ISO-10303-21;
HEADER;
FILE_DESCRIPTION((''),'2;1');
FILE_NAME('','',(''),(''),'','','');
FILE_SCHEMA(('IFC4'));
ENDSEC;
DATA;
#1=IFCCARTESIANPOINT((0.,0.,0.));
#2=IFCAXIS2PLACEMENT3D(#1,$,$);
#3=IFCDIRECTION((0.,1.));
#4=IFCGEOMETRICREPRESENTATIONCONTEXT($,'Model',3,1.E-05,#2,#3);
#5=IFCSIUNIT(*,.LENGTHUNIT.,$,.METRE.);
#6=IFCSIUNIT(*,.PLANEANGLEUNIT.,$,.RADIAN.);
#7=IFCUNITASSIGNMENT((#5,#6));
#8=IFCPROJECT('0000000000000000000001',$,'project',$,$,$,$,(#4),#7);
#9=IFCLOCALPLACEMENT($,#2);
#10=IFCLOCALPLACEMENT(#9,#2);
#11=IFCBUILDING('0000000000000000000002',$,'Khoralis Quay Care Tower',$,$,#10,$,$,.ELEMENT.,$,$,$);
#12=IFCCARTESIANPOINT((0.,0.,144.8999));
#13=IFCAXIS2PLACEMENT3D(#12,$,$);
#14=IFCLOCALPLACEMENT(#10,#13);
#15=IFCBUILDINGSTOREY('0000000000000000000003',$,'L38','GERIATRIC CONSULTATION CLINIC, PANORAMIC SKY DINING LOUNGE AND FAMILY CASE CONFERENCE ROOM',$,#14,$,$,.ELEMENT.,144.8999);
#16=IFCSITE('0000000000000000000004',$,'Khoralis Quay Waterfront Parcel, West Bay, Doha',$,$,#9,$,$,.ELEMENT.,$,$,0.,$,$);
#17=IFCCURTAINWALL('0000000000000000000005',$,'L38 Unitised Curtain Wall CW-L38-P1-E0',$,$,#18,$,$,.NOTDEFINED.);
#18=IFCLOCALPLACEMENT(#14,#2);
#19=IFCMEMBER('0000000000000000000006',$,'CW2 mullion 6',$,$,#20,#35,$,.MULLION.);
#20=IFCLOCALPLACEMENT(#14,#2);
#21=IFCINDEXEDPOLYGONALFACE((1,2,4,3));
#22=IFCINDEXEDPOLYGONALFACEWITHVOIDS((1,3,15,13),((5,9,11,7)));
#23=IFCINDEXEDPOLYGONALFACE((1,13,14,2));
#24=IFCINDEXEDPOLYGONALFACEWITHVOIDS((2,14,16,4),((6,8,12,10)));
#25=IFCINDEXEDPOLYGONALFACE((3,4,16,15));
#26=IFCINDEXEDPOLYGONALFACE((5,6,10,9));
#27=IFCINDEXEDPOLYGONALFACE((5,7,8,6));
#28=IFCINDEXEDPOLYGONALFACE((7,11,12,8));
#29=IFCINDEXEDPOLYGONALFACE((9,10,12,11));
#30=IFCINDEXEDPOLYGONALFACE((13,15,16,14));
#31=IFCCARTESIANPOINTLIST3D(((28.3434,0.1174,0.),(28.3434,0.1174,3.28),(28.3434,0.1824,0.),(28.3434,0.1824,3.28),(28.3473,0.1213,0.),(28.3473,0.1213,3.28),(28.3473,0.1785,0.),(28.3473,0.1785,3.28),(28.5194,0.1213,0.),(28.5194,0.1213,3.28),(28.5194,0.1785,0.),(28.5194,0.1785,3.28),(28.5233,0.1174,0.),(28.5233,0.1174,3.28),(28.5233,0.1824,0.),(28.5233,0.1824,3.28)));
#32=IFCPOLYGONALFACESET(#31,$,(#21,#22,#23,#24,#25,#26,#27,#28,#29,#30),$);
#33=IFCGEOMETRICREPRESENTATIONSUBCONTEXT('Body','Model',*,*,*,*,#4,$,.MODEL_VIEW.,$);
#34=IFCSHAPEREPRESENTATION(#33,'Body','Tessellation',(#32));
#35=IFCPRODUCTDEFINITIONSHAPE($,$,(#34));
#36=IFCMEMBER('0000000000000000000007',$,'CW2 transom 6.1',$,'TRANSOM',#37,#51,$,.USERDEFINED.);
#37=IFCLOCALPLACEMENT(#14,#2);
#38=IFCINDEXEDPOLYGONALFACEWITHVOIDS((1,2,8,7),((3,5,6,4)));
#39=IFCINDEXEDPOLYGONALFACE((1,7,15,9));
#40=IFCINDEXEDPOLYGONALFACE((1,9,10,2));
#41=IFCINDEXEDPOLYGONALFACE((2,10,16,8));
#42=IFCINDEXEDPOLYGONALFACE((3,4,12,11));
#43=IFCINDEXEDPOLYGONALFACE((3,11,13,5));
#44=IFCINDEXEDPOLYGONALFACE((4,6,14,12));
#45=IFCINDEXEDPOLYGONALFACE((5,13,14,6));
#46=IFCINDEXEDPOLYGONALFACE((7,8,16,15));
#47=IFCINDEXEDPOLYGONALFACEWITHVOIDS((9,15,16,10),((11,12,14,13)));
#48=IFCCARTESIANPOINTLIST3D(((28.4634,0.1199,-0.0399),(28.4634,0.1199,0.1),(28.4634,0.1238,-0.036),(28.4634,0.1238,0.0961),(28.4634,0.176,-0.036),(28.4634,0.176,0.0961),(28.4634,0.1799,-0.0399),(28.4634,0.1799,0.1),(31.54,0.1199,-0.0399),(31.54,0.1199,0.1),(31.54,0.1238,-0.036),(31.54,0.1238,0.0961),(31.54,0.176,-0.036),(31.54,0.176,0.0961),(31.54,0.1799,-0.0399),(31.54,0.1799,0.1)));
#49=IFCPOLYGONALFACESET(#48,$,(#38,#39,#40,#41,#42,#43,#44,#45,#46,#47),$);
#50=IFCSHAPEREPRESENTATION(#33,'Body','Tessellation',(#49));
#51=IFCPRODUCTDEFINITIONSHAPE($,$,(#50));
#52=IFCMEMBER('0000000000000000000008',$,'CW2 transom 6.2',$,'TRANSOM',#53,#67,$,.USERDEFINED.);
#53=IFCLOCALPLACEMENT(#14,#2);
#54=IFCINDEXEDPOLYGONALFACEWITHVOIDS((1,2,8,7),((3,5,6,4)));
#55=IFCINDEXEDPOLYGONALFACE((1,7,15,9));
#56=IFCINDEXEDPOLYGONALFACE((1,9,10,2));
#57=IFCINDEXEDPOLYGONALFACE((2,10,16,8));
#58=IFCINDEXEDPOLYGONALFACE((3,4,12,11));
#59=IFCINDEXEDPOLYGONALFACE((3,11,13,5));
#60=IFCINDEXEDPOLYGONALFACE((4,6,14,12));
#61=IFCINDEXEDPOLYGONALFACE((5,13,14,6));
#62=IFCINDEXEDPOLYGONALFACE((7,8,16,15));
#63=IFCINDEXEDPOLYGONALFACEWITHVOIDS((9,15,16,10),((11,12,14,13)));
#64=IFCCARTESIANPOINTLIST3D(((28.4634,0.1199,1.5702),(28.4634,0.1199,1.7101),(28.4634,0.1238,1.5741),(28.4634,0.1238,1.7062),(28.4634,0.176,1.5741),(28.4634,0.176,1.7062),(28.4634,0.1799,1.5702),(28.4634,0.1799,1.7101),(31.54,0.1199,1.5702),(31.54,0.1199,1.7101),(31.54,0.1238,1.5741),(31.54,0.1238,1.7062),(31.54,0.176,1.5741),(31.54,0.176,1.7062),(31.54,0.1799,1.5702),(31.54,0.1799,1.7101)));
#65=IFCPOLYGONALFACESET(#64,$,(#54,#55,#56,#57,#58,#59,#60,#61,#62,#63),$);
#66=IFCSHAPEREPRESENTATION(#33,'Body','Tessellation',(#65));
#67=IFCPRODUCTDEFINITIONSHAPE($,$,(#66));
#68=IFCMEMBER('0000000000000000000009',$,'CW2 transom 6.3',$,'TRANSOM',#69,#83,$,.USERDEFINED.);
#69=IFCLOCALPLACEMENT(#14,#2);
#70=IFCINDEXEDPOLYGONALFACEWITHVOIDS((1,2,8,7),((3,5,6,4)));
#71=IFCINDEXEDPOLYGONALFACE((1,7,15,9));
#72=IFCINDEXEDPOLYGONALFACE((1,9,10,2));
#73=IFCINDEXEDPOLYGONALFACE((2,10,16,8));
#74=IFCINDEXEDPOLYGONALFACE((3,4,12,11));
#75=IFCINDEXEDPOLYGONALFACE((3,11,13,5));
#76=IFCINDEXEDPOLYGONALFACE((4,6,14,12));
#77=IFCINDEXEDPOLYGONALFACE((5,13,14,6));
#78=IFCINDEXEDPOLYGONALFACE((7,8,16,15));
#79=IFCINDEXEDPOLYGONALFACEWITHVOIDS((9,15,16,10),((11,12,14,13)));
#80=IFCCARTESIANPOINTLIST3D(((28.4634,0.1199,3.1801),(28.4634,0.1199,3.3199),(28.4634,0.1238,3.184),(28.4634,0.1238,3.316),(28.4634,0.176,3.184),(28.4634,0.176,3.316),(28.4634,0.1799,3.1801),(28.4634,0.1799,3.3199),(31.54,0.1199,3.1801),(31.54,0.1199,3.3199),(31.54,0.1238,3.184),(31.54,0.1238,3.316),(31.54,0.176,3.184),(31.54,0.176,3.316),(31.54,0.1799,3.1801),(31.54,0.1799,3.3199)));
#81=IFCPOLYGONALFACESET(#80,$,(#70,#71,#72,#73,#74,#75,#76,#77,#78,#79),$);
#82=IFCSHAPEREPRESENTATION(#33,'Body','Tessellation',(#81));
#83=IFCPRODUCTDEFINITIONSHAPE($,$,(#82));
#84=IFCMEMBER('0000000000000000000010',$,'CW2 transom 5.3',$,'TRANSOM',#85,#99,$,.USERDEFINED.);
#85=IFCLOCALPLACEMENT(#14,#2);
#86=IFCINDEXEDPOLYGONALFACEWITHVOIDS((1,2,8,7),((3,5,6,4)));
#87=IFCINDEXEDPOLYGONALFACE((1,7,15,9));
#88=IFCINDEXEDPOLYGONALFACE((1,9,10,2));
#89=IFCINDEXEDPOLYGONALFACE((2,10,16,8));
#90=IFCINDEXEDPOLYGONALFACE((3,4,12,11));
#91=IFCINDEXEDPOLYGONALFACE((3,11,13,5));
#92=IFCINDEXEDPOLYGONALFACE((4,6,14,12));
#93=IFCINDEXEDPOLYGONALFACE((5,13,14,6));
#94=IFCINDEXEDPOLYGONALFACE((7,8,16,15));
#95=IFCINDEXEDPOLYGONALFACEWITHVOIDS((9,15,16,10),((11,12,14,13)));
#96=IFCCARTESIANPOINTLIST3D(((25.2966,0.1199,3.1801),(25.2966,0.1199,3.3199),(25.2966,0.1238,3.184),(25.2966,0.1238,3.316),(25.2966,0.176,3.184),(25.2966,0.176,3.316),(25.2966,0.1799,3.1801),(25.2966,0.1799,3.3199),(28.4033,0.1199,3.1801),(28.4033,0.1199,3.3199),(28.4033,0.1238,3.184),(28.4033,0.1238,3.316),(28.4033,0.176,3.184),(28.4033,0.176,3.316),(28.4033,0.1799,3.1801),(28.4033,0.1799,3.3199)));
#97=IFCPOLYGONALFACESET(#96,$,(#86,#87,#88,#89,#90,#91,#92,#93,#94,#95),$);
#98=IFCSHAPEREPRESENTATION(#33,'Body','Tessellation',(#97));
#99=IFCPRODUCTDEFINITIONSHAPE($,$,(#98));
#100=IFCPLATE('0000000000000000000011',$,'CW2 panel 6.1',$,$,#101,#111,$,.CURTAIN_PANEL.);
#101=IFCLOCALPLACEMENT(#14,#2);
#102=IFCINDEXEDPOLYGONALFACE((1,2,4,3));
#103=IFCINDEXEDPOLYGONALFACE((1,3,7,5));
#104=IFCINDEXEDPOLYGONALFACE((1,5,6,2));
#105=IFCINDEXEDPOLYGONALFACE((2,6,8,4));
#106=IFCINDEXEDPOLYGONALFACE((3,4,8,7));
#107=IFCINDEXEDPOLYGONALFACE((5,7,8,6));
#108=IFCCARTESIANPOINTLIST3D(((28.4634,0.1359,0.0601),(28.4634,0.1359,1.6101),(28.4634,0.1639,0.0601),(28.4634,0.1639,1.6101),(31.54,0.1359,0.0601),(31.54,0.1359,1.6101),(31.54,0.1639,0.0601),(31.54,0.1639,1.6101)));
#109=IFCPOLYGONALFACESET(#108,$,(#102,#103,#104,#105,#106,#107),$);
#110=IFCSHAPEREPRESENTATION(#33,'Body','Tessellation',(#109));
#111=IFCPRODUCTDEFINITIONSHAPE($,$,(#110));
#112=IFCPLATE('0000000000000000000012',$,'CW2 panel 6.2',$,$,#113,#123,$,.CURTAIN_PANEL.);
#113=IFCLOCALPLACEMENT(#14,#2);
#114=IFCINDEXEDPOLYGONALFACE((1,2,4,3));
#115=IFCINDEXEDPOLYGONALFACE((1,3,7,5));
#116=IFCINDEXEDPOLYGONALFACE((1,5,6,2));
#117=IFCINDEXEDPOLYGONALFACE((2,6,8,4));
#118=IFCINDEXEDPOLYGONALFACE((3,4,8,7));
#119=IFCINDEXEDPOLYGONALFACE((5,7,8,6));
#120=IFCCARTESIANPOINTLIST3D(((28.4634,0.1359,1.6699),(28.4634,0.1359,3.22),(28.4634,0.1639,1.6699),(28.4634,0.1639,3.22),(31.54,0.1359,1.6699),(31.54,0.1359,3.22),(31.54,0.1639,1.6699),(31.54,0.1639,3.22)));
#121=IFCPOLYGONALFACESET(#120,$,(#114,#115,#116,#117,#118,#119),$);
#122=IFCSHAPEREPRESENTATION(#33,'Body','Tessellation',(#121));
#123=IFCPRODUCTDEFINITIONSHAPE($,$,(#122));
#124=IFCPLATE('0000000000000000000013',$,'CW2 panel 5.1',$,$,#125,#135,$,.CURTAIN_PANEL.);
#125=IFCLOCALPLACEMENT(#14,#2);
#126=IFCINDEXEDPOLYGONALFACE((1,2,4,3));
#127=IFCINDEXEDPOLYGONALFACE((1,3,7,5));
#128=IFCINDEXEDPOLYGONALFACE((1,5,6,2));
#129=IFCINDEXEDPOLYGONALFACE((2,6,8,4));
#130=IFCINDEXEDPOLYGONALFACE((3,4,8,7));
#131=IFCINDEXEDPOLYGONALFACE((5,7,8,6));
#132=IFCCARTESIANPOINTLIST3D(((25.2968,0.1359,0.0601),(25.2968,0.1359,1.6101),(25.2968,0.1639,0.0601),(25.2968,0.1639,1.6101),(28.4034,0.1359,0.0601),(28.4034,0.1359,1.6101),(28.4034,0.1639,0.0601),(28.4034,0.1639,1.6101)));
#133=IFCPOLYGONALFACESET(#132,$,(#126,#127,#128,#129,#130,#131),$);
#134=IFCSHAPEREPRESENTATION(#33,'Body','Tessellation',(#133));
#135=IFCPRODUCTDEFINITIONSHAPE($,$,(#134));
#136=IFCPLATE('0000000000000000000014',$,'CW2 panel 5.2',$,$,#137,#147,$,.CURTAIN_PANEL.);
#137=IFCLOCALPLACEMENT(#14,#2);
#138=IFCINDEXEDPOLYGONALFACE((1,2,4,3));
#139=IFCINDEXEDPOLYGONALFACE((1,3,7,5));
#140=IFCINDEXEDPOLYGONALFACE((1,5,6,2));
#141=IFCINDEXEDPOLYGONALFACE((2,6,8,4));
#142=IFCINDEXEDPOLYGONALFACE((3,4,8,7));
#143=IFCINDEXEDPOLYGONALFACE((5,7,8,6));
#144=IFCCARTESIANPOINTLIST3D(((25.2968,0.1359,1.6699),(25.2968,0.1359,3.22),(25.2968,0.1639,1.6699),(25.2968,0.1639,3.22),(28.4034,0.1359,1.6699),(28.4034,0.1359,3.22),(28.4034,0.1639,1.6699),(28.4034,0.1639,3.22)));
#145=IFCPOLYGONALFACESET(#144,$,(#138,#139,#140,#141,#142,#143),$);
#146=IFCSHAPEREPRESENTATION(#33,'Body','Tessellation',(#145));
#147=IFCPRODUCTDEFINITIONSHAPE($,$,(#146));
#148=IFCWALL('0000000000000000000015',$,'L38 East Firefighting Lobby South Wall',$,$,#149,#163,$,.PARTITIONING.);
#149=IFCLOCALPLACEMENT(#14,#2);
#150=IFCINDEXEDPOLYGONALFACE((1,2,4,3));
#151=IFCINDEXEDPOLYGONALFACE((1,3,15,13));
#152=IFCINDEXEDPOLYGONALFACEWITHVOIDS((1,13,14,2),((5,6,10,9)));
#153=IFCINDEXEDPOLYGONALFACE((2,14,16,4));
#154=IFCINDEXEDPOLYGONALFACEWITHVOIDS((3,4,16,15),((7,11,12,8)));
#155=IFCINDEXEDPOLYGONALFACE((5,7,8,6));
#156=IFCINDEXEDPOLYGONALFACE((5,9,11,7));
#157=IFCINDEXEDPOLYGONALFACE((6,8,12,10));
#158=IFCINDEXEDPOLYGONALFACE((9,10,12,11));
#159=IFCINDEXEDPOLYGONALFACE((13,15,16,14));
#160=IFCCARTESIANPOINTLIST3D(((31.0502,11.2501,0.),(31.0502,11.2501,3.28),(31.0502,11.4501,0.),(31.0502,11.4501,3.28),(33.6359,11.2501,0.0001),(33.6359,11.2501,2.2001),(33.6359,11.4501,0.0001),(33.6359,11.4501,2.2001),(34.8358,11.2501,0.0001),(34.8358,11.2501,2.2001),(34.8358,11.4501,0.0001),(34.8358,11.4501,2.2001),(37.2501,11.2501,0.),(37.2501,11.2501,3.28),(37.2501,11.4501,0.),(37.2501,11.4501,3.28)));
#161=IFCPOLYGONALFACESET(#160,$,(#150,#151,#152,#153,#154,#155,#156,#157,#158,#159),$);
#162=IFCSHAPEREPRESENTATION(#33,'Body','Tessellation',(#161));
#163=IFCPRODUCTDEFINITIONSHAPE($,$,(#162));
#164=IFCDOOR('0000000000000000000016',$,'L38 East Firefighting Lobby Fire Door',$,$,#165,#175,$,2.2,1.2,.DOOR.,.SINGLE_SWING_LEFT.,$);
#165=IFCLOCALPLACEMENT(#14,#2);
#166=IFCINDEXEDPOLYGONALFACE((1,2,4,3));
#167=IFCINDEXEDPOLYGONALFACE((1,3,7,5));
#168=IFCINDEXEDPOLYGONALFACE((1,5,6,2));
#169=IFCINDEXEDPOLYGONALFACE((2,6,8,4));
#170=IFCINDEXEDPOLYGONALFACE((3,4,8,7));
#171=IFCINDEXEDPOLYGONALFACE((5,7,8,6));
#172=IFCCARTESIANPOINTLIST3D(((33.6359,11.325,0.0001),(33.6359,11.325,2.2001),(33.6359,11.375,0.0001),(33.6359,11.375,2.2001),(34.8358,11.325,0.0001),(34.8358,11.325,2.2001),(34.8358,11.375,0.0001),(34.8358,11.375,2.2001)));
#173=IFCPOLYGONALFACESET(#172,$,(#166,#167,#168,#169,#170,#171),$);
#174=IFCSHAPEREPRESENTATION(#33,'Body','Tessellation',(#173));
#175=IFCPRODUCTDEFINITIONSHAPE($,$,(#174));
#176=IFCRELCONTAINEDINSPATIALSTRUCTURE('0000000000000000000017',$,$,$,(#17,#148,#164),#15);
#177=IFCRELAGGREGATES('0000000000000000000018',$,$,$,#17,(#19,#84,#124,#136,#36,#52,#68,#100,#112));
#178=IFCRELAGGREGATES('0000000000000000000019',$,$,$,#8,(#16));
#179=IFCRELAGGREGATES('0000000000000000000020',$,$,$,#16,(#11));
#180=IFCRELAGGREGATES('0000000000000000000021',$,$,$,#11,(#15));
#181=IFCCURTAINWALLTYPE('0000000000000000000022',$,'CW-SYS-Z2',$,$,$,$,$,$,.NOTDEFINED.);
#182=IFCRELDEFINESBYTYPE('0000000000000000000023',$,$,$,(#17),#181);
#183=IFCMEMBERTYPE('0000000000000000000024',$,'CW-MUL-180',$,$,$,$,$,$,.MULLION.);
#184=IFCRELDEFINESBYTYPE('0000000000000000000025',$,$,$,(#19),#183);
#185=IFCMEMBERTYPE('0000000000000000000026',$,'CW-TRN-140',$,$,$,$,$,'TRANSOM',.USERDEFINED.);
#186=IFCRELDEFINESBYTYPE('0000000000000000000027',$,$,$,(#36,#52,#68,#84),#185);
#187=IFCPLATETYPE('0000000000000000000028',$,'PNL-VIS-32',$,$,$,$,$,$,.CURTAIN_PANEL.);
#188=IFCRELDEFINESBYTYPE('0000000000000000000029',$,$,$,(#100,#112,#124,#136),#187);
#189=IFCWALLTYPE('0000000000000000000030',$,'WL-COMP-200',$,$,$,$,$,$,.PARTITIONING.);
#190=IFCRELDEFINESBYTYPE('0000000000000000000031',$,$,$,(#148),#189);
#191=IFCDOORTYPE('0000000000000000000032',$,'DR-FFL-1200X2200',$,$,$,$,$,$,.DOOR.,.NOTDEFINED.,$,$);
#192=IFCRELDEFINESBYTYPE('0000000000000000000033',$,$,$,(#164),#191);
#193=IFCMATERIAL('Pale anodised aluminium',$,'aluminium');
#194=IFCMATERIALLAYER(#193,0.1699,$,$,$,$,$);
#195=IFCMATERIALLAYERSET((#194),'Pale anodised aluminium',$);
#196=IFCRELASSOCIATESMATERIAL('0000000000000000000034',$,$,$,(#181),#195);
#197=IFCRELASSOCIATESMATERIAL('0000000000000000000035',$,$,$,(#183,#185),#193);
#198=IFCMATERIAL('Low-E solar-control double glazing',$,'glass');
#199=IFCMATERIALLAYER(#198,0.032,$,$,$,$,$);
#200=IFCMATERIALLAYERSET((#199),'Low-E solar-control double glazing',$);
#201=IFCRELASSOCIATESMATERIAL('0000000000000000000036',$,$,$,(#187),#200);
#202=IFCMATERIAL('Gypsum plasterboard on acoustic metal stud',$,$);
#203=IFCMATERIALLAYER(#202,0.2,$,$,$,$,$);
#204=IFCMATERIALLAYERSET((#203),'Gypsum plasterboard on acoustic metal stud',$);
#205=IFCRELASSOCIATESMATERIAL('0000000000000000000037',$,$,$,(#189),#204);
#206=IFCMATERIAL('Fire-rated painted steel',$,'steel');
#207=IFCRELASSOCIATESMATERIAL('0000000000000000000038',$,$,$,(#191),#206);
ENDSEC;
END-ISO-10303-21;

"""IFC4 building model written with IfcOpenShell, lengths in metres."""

from ifc_helpers import new_model, si_unit, direction, frame, frame_2d, origin, origin_2d, place, context, subcontext, project, spatial, rectangle, hollow_rectangle, extrude, source, transform, mapped, material, layer, layer_set, material_profile, profile_set, type_object, element, fill, aggregate, save


model = new_model("IFC4")

# Units and contexts
model_context = context("Model", 3, precision=1e-05, world=origin(), true_north=direction((0.0, 1.0)))
body_context = subcontext(model_context, "Body", "Model", "MODEL_VIEW")
ifc_project = project(units=[si_unit("LENGTHUNIT", "METRE"), si_unit("PLANEANGLEUNIT", "RADIAN")], contexts=[model_context])

# Site, building, storey
site_placement = place(None, origin())
site = spatial("IfcSite", under=ifc_project, at=site_placement, Name="Khoralis Quay Waterfront Parcel, West Bay, Doha", CompositionType="ELEMENT", RefElevation=0.0)
building_placement = place(site_placement, origin())
building = spatial("IfcBuilding", under=site, at=building_placement, Name="Khoralis Quay Care Tower", CompositionType="ELEMENT")
storey_placement = place(building_placement, frame((0.0, 0.0, 144.8999)))
storey = spatial("IfcBuildingStorey", under=building, at=storey_placement, Name="L38", Description="GERIATRIC CONSULTATION CLINIC, PANORAMIC SKY DINING LOUNGE AND FAMILY CASE CONFERENCE ROOM", CompositionType="ELEMENT", Elevation=144.8999)

# Curtain wall, members, plates
ifc_material_1 = material(Name="Pale anodised aluminium", Category="aluminium")
ifc_layer_1 = layer(ifc_material_1, 0.1699)
ifc_layer_set_1 = layer_set([ifc_layer_1], Name="Pale anodised aluminium")
curtain_wall_type = type_object("IfcCurtainWallType", Name="CW-SYS-Z2", PredefinedType="NOTDEFINED", material=ifc_layer_set_1)
curtain_wall_placement = place(storey_placement, origin())
curtain_wall = element("IfcCurtainWall", 1, at=curtain_wall_placement, inside=storey, type_object=curtain_wall_type, Name="L38 Unitised Curtain Wall CW-L38-P1-E0", PredefinedType="NOTDEFINED")
ifc_material_profile_1 = material_profile(ifc_material_1, hollow_rectangle(XDim=0.0649, YDim=0.1799, WallThickness=0.0039, at=origin_2d()), Name="Pale anodised aluminium")
ifc_profile_set_1 = profile_set([ifc_material_profile_1], Name="Pale anodised aluminium")
member_type_1 = type_object("IfcMemberType", Name="CW-MUL-180", PredefinedType="MULLION", material=ifc_profile_set_1)
shared_shape_1 = source(origin(), body_context, "Body", "SweptSolid", [
    extrude(hollow_rectangle(XDim=0.0649, YDim=0.1799, WallThickness=0.0039, at=origin_2d()), origin(), (0.0, 0.0, 1.0), 3.28),
])
member_1_placement = place(storey_placement, frame((28.4333, 0.1499, 0.0), z_axis=(0.0, 0.0, 1.0), x_axis=(0.0, 1.0, 0.0)))
member_1 = element("IfcMember", 2, at=member_1_placement, type_object=member_type_1, Name="CW2 mullion 6", PredefinedType="MULLION", context=body_context, shape_type="MappedRepresentation", body=[
    mapped(shared_shape_1, transform((0.0, 0.0, 0.0), scale=1.0)),
])
ifc_material_profile_2 = material_profile(ifc_material_1, hollow_rectangle(XDim=0.0601, YDim=0.1399, WallThickness=0.0039, at=origin_2d()), Name="Pale anodised aluminium")
ifc_profile_set_2 = profile_set([ifc_material_profile_2], Name="Pale anodised aluminium")
member_type_2 = type_object("IfcMemberType", Name="CW-TRN-140", ElementType="TRANSOM", PredefinedType="USERDEFINED", material=ifc_profile_set_2)
shared_shape_2 = source(origin(), body_context, "Body", "SweptSolid", [
    extrude(hollow_rectangle(XDim=0.0601, YDim=0.1399, WallThickness=0.0039, at=origin_2d()), origin(), (0.0, 0.0, 1.0), 3.0767),
])
member_2_placement = place(storey_placement, frame((28.4634, 0.1499, 0.03), z_axis=(1.0, 0.0, 0.0), x_axis=(0.0, 1.0, 0.0)))
member_2 = element("IfcMember", 3, at=member_2_placement, type_object=member_type_2, Name="CW2 transom 6.1", ObjectType="TRANSOM", PredefinedType="USERDEFINED", context=body_context, shape_type="MappedRepresentation", body=[
    mapped(shared_shape_2, transform((0.0, 0.0, 0.0), scale=1.0)),
])
member_3_placement = place(storey_placement, frame((28.4634, 0.1499, 1.6401), z_axis=(1.0, 0.0, 0.0), x_axis=(0.0, 1.0, 0.0)))
member_3 = element("IfcMember", 4, at=member_3_placement, type_object=member_type_2, Name="CW2 transom 6.2", ObjectType="TRANSOM", PredefinedType="USERDEFINED", context=body_context, shape_type="MappedRepresentation", body=[
    mapped(shared_shape_2, transform((0.0, 0.0, 0.0), scale=1.0)),
])
member_4_placement = place(storey_placement, frame((28.4634, 0.1499, 3.25), z_axis=(1.0, 0.0, 0.0), x_axis=(0.0, 1.0, 0.0)))
member_4 = element("IfcMember", 5, at=member_4_placement, type_object=member_type_2, Name="CW2 transom 6.3", ObjectType="TRANSOM", PredefinedType="USERDEFINED", context=body_context, shape_type="MappedRepresentation", body=[
    mapped(shared_shape_2, transform((0.0, 0.0, 0.0), scale=1.0)),
])
shared_shape_3 = source(origin(), body_context, "Body", "SweptSolid", [
    extrude(hollow_rectangle(XDim=0.0601, YDim=0.1399, WallThickness=0.0039, at=origin_2d()), origin(), (0.0, 0.0, 1.0), 3.1067),
])
member_5_placement = place(storey_placement, frame((25.2966, 0.1499, 3.25), z_axis=(1.0, 0.0, 0.0), x_axis=(0.0, 1.0, 0.0)))
member_5 = element("IfcMember", 6, at=member_5_placement, type_object=member_type_2, Name="CW2 transom 5.3", ObjectType="TRANSOM", PredefinedType="USERDEFINED", context=body_context, shape_type="MappedRepresentation", body=[
    mapped(shared_shape_3, transform((0.0, 0.0, 0.0), scale=1.0)),
])
ifc_material_2 = material(Name="Low-E solar-control double glazing", Category="glass")
ifc_layer_2 = layer(ifc_material_2, 0.032)
ifc_layer_set_2 = layer_set([ifc_layer_2], Name="Low-E solar-control double glazing")
plate_type = type_object("IfcPlateType", Name="PNL-VIS-32", PredefinedType="CURTAIN_PANEL", material=ifc_layer_set_2)
shared_shape_4 = source(origin(), body_context, "Body", "SweptSolid", [
    extrude(rectangle(XDim=3.0767, YDim=0.0281, at=origin_2d()), origin(), (0.0, 0.0, 1.0), 1.55),
])
plate_1_placement = place(storey_placement, frame((30.0017, 0.1499, 0.0601), z_axis=(0.0, 0.0, 1.0), x_axis=(1.0, 0.0, 0.0)))
plate_1 = element("IfcPlate", 7, at=plate_1_placement, type_object=plate_type, Name="CW2 panel 6.1", PredefinedType="CURTAIN_PANEL", context=body_context, shape_type="MappedRepresentation", body=[
    mapped(shared_shape_4, transform((0.0, 0.0, 0.0), scale=1.0)),
])
plate_2_placement = place(storey_placement, frame((30.0017, 0.1499, 1.6699), z_axis=(0.0, 0.0, 1.0), x_axis=(1.0, 0.0, 0.0)))
plate_2 = element("IfcPlate", 8, at=plate_2_placement, type_object=plate_type, Name="CW2 panel 6.2", PredefinedType="CURTAIN_PANEL", context=body_context, shape_type="MappedRepresentation", body=[
    mapped(shared_shape_4, transform((0.0, 0.0, 0.0), scale=1.0)),
])
shared_shape_5 = source(origin(), body_context, "Body", "SweptSolid", [
    extrude(rectangle(XDim=3.1067, YDim=0.0281, at=origin_2d()), origin(), (0.0, 0.0, 1.0), 1.55),
])
plate_3_placement = place(storey_placement, frame((26.8501, 0.1499, 0.0601), z_axis=(0.0, 0.0, 1.0), x_axis=(1.0, 0.0, 0.0)))
plate_3 = element("IfcPlate", 9, at=plate_3_placement, type_object=plate_type, Name="CW2 panel 5.1", PredefinedType="CURTAIN_PANEL", context=body_context, shape_type="MappedRepresentation", body=[
    mapped(shared_shape_5, transform((0.0, 0.0, 0.0), scale=1.0)),
])
plate_4_placement = place(storey_placement, frame((26.8501, 0.1499, 1.6699), z_axis=(0.0, 0.0, 1.0), x_axis=(1.0, 0.0, 0.0)))
plate_4 = element("IfcPlate", 10, at=plate_4_placement, type_object=plate_type, Name="CW2 panel 5.2", PredefinedType="CURTAIN_PANEL", context=body_context, shape_type="MappedRepresentation", body=[
    mapped(shared_shape_5, transform((0.0, 0.0, 0.0), scale=1.0)),
])
aggregate(curtain_wall, [member_1, member_5, plate_3, plate_4, member_2, member_3, member_4, plate_1, plate_2])

# Wall, opening, door
ifc_material_3 = material(Name="Gypsum plasterboard on acoustic metal stud")
ifc_layer_3 = layer(ifc_material_3, 0.2)
ifc_layer_set_3 = layer_set([ifc_layer_3], Name="Gypsum plasterboard on acoustic metal stud")
wall_type_1 = type_object("IfcWallType", Name="WL-COMP-200", PredefinedType="PARTITIONING", material=ifc_layer_set_3)
wall_1_placement = place(storey_placement, frame((31.05, 11.3501, 0.0), z_axis=(0.0, 0.0, 1.0), x_axis=(1.0, 0.0, 0.0)))
wall_1 = element("IfcWall", 11, at=wall_1_placement, inside=storey, type_object=wall_type_1, Name="L38 East Firefighting Lobby South Wall", PredefinedType="PARTITIONING", context=body_context, shape_type="SweptSolid", body=[
    extrude(rectangle(XDim=6.2, YDim=0.2, at=frame_2d((3.1001, 0.0))), origin(), (0.0, 0.0, 1.0), 3.28),
])
opening_1_placement = place(wall_1_placement, frame((2.5857, 0.0, 0.0)))
opening_1 = element("IfcOpeningElement", 12, at=opening_1_placement, cuts=wall_1, PredefinedType="OPENING", context=body_context, shape_type="SweptSolid", body=[
    extrude(rectangle(XDim=1.2, YDim=2.2, at=frame_2d((0.6001, 1.1001))), frame((0.0, 0.1099, 0.0), z_axis=(0.0, -1.0, 0.0), x_axis=(1.0, 0.0, 0.0)), (0.0, 0.0, 1.0), 0.22),
])
ifc_material_4 = material(Name="Fire-rated painted steel", Category="steel")
door_type_1 = type_object("IfcDoorType", Name="DR-FFL-1200X2200", OperationType="NOTDEFINED", PredefinedType="DOOR", material=ifc_material_4)
shared_shape_6 = source(origin(), body_context, "Body", "SweptSolid", [
    extrude(rectangle(XDim=1.2, YDim=2.2, at=frame_2d((0.6001, 1.1001))), frame((0.0, 0.0249, 0.0), z_axis=(0.0, -1.0, 0.0), x_axis=(1.0, 0.0, 0.0)), (0.0, 0.0, 1.0), 0.05),
])
door_1_placement = place(opening_1_placement, origin())
door_1 = element("IfcDoor", 13, at=door_1_placement, inside=storey, type_object=door_type_1, Name="L38 East Firefighting Lobby Fire Door", OperationType="SINGLE_SWING_LEFT", OverallHeight=2.2, OverallWidth=1.2, PredefinedType="DOOR", context=body_context, shape_type="MappedRepresentation", body=[
    mapped(shared_shape_6, transform((0.0, 0.0, 0.0), scale=1.0)),
])
fill(opening_1, door_1)

save(model, "model.ifc")
